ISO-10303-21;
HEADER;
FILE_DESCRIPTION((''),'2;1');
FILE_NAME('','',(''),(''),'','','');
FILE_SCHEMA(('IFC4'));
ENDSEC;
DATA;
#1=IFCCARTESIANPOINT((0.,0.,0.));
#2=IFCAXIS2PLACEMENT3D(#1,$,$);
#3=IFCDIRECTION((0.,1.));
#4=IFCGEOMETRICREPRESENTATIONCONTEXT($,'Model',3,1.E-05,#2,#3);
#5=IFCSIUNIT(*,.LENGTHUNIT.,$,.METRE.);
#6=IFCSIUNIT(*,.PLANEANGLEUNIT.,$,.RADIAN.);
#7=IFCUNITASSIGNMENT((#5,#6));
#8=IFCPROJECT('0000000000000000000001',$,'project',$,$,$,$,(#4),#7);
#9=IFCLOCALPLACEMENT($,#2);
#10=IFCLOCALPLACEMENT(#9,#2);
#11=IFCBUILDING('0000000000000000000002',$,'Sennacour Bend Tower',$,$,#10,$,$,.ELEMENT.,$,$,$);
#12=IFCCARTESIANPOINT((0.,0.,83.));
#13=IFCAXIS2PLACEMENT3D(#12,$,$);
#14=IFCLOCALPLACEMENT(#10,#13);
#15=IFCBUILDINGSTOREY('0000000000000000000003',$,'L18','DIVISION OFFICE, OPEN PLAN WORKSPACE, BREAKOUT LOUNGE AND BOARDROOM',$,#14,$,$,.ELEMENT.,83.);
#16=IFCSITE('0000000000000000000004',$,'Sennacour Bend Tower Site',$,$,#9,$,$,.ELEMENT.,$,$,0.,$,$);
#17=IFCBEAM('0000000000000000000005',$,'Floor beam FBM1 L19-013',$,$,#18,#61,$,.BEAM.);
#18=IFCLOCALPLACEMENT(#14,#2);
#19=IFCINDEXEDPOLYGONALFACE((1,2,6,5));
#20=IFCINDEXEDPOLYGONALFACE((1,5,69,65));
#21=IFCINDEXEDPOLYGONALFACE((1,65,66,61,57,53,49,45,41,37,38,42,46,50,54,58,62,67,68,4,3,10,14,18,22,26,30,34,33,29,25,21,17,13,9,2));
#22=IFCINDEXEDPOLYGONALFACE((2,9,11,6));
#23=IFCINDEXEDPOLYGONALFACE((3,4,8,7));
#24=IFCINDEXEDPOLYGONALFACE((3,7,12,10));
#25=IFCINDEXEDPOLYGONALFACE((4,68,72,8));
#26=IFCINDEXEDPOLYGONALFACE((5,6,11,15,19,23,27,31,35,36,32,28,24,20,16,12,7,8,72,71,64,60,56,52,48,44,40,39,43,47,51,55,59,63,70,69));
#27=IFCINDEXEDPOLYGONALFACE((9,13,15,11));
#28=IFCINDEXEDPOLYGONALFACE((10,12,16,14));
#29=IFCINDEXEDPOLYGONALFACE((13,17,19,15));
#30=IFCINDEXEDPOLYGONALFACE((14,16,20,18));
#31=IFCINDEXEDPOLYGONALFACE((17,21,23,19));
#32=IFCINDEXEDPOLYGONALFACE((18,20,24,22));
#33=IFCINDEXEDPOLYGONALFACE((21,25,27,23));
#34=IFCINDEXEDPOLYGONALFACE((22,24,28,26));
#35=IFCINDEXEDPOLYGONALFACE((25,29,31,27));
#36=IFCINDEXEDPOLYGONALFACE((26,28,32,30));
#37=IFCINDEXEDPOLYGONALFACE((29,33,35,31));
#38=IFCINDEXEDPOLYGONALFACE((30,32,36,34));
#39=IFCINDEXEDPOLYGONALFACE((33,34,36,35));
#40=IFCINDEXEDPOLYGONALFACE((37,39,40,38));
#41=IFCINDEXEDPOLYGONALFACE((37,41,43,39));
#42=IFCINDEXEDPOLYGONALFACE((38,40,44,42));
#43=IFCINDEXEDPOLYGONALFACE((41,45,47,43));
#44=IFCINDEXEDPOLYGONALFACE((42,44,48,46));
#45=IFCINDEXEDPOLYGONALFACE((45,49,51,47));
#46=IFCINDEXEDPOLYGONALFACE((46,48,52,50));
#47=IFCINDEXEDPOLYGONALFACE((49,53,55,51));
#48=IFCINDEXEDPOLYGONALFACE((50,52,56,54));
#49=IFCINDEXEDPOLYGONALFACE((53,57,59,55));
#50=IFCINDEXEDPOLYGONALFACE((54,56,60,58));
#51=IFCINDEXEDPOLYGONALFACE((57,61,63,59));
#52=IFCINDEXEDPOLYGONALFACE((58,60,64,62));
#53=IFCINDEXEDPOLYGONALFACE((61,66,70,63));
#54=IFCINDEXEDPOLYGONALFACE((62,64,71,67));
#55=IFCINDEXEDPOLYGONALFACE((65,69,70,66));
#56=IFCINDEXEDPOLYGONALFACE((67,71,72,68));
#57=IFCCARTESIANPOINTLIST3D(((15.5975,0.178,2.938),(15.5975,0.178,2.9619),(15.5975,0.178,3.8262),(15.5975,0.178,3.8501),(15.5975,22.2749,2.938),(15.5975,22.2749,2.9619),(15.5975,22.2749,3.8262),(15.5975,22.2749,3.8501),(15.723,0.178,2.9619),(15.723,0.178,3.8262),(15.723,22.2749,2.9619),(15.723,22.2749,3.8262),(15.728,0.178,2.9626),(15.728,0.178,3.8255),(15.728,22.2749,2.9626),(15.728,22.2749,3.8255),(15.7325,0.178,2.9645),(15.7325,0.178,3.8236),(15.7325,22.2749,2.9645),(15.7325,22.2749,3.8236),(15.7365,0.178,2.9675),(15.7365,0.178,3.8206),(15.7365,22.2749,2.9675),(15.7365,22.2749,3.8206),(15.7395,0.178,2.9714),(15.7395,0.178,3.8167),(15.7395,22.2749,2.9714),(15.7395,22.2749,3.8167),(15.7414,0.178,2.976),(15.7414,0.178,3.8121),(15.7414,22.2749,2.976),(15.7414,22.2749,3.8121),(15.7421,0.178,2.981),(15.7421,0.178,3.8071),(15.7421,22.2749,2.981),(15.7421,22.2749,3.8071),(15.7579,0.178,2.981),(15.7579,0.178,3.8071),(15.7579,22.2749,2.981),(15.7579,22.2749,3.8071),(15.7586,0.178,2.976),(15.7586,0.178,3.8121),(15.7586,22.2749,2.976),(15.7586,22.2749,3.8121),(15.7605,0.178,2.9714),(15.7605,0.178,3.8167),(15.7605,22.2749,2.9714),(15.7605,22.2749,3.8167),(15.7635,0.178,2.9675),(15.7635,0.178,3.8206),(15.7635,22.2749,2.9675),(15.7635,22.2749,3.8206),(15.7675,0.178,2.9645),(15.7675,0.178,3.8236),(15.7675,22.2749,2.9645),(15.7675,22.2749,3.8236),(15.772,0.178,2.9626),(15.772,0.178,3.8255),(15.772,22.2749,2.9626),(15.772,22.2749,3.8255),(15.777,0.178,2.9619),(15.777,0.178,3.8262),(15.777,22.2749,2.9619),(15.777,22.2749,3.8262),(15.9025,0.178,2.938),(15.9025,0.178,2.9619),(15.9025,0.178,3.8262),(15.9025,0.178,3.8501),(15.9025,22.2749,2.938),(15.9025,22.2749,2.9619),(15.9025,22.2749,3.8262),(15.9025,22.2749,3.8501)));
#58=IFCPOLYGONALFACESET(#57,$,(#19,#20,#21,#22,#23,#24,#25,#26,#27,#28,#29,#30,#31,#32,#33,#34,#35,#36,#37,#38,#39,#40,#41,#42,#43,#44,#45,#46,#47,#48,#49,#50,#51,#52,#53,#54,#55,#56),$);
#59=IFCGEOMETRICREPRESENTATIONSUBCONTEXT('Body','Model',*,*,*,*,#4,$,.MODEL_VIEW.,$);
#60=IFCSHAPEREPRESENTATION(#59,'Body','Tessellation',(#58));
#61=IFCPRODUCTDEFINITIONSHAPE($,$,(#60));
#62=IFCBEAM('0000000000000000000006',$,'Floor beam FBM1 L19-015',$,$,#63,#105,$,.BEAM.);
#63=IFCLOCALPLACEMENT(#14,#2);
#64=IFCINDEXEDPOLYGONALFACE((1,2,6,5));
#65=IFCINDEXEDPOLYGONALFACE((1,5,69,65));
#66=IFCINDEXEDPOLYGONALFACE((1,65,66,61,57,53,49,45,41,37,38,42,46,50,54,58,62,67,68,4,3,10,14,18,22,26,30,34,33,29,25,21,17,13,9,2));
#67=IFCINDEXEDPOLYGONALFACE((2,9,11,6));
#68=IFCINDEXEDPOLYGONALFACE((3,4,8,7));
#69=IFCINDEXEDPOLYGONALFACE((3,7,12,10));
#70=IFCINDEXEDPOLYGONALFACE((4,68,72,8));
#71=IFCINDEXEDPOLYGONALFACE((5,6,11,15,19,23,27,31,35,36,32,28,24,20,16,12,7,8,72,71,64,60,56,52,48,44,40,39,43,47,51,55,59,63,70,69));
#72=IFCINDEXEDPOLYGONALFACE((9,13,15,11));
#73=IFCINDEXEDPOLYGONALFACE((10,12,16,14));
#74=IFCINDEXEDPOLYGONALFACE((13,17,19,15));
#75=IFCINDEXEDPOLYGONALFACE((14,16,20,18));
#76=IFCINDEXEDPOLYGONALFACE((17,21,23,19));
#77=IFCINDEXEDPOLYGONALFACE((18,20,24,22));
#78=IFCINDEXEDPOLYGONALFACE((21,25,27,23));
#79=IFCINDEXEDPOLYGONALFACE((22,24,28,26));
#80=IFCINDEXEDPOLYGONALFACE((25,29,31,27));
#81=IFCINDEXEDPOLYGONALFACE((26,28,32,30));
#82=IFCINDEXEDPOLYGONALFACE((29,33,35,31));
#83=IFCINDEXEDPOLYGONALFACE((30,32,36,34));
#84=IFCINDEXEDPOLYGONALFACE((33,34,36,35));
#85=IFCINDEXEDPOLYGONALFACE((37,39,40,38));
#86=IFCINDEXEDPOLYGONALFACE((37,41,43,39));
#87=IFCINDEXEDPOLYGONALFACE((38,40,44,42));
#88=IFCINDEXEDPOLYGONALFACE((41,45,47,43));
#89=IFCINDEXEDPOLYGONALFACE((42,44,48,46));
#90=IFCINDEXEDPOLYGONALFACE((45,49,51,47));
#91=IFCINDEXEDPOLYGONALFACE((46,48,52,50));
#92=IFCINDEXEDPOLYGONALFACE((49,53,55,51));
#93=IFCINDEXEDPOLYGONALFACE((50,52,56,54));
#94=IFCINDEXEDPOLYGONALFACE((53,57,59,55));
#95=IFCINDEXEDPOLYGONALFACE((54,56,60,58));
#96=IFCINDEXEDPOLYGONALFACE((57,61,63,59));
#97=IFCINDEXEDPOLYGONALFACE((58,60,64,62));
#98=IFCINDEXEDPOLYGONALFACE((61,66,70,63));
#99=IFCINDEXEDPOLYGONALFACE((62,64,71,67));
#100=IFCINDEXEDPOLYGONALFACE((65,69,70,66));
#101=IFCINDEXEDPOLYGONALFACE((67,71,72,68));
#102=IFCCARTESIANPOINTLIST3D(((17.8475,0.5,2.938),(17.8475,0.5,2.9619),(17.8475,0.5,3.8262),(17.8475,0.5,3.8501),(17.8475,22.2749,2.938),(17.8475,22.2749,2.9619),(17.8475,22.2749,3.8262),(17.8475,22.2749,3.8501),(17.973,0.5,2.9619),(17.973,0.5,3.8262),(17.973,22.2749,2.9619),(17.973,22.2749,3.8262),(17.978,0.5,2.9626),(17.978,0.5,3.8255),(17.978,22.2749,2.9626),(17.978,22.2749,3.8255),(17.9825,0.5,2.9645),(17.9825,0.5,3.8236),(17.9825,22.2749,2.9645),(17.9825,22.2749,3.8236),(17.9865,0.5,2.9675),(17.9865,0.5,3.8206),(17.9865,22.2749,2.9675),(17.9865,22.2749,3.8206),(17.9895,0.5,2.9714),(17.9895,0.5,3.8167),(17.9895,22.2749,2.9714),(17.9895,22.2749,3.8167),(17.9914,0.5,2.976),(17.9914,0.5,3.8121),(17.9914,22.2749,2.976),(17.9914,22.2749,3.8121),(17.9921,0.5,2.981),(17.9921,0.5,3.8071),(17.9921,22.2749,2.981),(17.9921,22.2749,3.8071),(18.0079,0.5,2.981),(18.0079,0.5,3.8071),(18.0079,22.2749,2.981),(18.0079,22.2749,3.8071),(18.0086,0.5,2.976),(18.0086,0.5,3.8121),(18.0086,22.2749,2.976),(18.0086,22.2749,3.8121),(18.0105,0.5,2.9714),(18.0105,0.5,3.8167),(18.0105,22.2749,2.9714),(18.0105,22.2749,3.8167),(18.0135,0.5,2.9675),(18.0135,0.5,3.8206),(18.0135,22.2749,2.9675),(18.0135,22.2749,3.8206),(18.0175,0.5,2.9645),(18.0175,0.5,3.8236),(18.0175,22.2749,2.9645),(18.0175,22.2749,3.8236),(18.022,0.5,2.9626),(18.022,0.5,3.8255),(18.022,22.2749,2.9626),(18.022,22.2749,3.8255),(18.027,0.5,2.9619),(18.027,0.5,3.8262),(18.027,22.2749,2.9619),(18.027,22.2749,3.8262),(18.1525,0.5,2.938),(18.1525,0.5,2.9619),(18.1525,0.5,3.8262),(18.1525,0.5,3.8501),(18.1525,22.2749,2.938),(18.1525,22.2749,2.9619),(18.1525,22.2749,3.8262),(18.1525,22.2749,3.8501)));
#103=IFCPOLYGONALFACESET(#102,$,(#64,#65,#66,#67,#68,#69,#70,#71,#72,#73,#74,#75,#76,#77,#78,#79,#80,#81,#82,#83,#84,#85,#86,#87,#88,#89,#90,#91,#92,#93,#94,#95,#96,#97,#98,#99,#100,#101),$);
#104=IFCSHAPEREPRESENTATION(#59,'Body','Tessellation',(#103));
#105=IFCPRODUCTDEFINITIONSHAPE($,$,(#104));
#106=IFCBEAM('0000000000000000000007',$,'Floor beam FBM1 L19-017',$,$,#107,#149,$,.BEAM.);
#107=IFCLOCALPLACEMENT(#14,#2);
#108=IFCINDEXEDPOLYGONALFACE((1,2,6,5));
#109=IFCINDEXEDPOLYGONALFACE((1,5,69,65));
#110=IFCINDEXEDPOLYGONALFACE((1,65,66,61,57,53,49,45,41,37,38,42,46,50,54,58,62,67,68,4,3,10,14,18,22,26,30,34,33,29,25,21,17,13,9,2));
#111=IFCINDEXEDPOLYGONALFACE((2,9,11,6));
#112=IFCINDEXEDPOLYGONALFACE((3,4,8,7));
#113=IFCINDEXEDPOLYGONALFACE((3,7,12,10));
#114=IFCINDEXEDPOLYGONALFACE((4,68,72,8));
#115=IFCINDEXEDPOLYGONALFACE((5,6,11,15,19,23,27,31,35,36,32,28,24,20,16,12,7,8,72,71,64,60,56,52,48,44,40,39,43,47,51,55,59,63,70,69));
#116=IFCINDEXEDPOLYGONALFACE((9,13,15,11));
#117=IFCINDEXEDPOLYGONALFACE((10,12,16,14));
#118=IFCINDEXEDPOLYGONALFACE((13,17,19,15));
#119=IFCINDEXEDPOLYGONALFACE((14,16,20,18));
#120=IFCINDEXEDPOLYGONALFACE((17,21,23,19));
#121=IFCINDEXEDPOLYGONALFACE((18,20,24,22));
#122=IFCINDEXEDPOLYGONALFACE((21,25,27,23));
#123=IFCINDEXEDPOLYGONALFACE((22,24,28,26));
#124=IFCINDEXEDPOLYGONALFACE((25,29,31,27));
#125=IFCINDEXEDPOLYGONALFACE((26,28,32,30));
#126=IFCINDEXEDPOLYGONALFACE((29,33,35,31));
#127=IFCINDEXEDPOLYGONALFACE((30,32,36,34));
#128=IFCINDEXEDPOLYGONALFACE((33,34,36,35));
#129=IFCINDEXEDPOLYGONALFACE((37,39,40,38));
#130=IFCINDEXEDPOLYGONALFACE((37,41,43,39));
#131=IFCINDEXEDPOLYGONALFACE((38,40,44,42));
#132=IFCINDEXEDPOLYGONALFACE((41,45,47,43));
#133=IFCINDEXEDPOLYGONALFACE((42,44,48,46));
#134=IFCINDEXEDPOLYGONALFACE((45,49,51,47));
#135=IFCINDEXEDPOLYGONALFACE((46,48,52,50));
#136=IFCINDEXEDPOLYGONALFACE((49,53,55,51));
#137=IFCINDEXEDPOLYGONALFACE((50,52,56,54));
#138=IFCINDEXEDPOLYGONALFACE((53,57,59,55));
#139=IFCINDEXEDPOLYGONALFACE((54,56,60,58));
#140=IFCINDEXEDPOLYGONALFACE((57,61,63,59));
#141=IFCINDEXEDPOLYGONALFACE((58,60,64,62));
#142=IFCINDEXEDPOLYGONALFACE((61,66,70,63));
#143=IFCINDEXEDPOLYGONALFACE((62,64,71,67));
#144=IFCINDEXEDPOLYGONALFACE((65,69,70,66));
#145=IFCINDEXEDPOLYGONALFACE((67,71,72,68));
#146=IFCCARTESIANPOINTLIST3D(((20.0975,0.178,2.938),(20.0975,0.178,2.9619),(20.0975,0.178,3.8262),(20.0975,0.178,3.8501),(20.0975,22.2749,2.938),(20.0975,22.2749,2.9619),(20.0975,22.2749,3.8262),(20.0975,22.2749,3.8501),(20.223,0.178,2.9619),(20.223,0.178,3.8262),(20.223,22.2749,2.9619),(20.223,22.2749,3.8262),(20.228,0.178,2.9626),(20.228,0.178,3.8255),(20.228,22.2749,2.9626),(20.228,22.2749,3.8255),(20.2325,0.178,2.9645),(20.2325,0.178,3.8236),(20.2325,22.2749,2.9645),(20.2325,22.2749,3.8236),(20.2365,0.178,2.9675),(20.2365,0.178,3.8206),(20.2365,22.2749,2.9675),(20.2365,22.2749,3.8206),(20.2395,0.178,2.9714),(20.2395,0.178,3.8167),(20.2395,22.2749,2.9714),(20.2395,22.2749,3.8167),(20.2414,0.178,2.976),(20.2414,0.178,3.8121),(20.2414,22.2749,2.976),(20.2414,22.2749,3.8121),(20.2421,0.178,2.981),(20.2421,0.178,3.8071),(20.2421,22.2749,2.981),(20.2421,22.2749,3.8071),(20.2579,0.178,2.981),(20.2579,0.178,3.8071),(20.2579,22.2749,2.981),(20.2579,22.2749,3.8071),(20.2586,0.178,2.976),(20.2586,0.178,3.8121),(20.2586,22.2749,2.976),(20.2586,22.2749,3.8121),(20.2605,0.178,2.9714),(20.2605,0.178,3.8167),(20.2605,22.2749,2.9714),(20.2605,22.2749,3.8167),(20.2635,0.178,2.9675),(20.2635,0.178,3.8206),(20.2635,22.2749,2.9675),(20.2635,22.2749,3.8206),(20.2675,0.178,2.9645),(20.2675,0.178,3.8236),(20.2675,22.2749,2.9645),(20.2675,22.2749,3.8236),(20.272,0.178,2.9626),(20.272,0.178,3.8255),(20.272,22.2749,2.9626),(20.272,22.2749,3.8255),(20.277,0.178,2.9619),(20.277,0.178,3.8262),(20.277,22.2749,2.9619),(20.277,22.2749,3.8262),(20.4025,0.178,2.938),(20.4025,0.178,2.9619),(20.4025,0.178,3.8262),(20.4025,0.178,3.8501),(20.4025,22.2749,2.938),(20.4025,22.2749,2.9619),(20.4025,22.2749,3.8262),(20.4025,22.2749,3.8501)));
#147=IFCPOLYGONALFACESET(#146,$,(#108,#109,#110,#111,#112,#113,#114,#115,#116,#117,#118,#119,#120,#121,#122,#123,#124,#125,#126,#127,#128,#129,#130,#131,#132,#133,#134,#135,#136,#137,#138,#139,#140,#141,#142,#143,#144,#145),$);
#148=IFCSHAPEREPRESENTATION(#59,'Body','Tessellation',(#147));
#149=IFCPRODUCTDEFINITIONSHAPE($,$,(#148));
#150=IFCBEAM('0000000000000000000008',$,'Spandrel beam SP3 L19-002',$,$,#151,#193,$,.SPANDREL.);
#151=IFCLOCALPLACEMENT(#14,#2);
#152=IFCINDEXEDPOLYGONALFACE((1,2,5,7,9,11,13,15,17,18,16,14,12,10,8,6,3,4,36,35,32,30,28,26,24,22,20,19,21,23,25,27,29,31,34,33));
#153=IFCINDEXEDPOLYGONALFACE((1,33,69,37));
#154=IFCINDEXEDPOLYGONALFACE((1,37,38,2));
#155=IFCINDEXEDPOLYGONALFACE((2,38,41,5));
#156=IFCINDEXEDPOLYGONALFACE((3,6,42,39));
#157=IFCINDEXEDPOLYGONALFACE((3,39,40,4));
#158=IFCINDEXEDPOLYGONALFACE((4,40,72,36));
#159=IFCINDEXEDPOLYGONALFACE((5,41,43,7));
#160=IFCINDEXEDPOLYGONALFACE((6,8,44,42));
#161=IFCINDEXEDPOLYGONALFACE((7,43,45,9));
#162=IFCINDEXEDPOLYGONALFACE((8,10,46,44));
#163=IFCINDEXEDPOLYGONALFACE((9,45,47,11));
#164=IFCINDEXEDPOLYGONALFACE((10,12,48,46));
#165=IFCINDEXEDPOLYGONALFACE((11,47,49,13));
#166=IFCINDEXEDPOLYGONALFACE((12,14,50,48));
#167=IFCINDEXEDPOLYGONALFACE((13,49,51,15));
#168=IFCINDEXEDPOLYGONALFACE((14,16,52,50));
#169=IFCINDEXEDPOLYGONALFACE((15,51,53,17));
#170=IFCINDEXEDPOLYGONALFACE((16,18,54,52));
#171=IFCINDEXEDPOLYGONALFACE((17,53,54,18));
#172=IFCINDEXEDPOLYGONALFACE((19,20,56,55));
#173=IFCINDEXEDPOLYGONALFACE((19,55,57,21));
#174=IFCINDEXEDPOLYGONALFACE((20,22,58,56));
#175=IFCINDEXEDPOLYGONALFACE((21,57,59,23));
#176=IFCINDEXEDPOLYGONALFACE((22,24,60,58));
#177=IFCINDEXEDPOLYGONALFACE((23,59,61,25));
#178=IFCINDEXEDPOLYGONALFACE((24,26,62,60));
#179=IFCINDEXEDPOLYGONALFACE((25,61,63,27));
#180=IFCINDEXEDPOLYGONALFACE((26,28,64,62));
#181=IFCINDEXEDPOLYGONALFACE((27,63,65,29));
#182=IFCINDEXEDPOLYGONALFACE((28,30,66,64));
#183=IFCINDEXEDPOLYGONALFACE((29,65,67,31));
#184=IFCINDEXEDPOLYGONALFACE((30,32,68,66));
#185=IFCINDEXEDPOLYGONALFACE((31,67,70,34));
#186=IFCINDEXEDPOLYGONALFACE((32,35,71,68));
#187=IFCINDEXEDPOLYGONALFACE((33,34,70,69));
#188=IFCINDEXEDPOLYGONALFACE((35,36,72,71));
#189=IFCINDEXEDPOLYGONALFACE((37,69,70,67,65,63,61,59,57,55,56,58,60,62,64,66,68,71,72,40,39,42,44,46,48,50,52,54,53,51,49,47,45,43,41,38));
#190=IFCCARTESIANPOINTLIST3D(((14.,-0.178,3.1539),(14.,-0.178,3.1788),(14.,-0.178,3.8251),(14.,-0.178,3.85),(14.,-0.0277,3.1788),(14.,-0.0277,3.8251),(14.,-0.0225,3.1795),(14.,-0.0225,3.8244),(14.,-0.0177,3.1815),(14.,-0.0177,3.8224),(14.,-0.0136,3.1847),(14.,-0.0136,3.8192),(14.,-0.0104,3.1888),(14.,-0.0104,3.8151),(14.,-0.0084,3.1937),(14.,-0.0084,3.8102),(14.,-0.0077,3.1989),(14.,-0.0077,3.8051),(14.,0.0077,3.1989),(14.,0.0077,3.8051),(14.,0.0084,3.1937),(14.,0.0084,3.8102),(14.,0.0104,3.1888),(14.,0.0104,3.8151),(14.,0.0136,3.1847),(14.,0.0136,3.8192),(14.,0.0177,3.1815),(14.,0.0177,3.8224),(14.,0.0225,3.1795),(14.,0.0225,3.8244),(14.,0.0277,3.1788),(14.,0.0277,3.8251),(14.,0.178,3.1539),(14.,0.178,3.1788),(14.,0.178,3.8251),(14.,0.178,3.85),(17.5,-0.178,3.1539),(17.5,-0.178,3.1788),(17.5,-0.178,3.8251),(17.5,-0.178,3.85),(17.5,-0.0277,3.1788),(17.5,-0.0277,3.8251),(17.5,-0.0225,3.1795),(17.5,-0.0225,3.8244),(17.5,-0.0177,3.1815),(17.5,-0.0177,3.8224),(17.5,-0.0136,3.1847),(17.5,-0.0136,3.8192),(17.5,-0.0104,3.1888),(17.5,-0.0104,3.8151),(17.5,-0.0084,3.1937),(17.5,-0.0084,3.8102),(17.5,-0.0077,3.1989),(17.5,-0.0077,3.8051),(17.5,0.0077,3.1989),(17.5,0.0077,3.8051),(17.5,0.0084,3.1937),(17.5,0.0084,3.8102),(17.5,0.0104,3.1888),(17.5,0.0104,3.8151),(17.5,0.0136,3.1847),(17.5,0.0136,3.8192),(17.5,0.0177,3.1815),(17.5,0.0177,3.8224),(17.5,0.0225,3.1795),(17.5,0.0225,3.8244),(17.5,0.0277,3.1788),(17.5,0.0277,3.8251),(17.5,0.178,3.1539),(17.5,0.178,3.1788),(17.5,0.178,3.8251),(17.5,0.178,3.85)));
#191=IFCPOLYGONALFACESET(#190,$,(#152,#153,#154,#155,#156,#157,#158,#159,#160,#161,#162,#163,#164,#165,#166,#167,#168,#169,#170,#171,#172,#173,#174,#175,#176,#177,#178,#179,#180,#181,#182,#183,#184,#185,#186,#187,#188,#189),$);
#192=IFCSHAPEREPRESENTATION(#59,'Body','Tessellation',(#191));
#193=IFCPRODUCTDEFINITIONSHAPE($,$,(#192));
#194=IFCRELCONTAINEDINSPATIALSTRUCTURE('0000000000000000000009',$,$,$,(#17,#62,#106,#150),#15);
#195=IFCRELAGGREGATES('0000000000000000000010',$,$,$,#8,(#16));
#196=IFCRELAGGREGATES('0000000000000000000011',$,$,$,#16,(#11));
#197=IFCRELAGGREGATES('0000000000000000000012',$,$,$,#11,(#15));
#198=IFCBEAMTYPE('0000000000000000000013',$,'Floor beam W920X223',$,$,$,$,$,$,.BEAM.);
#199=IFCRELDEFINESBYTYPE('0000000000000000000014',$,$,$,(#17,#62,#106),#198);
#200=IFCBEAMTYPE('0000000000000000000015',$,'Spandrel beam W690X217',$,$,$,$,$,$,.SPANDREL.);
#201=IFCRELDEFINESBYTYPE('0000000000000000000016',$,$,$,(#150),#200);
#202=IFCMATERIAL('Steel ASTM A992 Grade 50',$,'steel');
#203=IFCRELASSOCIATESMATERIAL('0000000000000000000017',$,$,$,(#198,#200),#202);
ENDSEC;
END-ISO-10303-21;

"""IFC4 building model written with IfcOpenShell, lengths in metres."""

from ifc_helpers import new_model, si_unit, direction, frame, origin, origin_2d, place, context, subcontext, project, spatial, i_section, extrude, material, material_profile, profile_set, type_object, element, save


model = new_model("IFC4")

# Units and contexts
model_context = context("Model", 3, precision=1e-05, world=origin(), true_north=direction((0.0, 1.0)))
body_context = subcontext(model_context, "Body", "Model", "MODEL_VIEW")
ifc_project = project(units=[si_unit("LENGTHUNIT", "METRE"), si_unit("PLANEANGLEUNIT", "RADIAN")], contexts=[model_context])

# Site, building, storey
site_placement = place(None, origin())
site = spatial("IfcSite", under=ifc_project, at=site_placement, Name="Sennacour Bend Tower Site", CompositionType="ELEMENT", RefElevation=0.0)
building_placement = place(site_placement, origin())
building = spatial("IfcBuilding", under=site, at=building_placement, Name="Sennacour Bend Tower", CompositionType="ELEMENT")
storey_placement = place(building_placement, frame((0.0, 0.0, 83.0)))
storey = spatial("IfcBuildingStorey", under=building, at=storey_placement, Name="L18", Description="DIVISION OFFICE, OPEN PLAN WORKSPACE, BREAKOUT LOUNGE AND BOARDROOM", CompositionType="ELEMENT", Elevation=83.0)

# Beams
ifc_material_1 = material(Name="Steel ASTM A992 Grade 50", Category="steel")
ifc_material_profile_1 = material_profile(ifc_material_1, i_section(OverallWidth=0.3049, OverallDepth=0.9121, WebThickness=0.0159, FlangeThickness=0.0239, FilletRadius=0.019, at=origin_2d()), Name="Steel ASTM A992 Grade 50", Category="steel")
ifc_profile_set_1 = profile_set([ifc_material_profile_1], Name="Steel ASTM A992 Grade 50")
beam_type_1 = type_object("IfcBeamType", Name="Floor beam W920X223", PredefinedType="BEAM", material=ifc_profile_set_1)
beam_1_placement = place(storey_placement, frame((15.75, 0.178, 3.394), z_axis=(0.0, 1.0, 0.0), x_axis=(-1.0, 0.0, 0.0)))
element("IfcBeam", 1, at=beam_1_placement, inside=storey, type_object=beam_type_1, Name="Floor beam FBM1 L19-013", PredefinedType="BEAM", context=body_context, shape_type="SweptSolid", body=[
    extrude(i_section(OverallWidth=0.3049, OverallDepth=0.9121, WebThickness=0.0159, FlangeThickness=0.0239, FilletRadius=0.019, at=origin_2d()), origin(), (0.0, 0.0, 1.0), 22.0969),
])
beam_2_placement = place(storey_placement, frame((18.0, 0.5, 3.394), z_axis=(0.0, 1.0, 0.0), x_axis=(-1.0, 0.0, 0.0)))
element("IfcBeam", 2, at=beam_2_placement, inside=storey, type_object=beam_type_1, Name="Floor beam FBM1 L19-015", PredefinedType="BEAM", context=body_context, shape_type="SweptSolid", body=[
    extrude(i_section(OverallWidth=0.3049, OverallDepth=0.9121, WebThickness=0.0159, FlangeThickness=0.0239, FilletRadius=0.019, at=origin_2d()), origin(), (0.0, 0.0, 1.0), 21.7749),
])
beam_3_placement = place(storey_placement, frame((20.25, 0.178, 3.394), z_axis=(0.0, 1.0, 0.0), x_axis=(-1.0, 0.0, 0.0)))
element("IfcBeam", 3, at=beam_3_placement, inside=storey, type_object=beam_type_1, Name="Floor beam FBM1 L19-017", PredefinedType="BEAM", context=body_context, shape_type="SweptSolid", body=[
    extrude(i_section(OverallWidth=0.3049, OverallDepth=0.9121, WebThickness=0.0159, FlangeThickness=0.0239, FilletRadius=0.019, at=origin_2d()), origin(), (0.0, 0.0, 1.0), 22.0969),
])
ifc_material_profile_2 = material_profile(ifc_material_1, i_section(OverallWidth=0.356, OverallDepth=0.696, WebThickness=0.0154, FlangeThickness=0.0249, FilletRadius=0.02, at=origin_2d()), Name="Steel ASTM A992 Grade 50", Category="steel")
ifc_profile_set_2 = profile_set([ifc_material_profile_2], Name="Steel ASTM A992 Grade 50")
beam_type_2 = type_object("IfcBeamType", Name="Spandrel beam W690X217", PredefinedType="SPANDREL", material=ifc_profile_set_2)
for number, where, z_axis, x_axis, name in (
    (4, (17.5, 0.0, 3.502), (-1.0, 0.0, 0.0), (0.0, -1.0, 0.0), "Spandrel beam SP3 L19-002"),
):
    element("IfcBeam", number, at=place(storey_placement, frame(where, z_axis=z_axis, x_axis=x_axis)), inside=storey, type_object=beam_type_2, Name=name, PredefinedType="SPANDREL", context=body_context, shape_type="SweptSolid", body=[
        extrude(i_section(OverallWidth=0.356, OverallDepth=0.696, WebThickness=0.0154, FlangeThickness=0.0249, FilletRadius=0.02, at=origin_2d()), origin(), (0.0, 0.0, 1.0), 3.5),
    ])

save(model, "model.ifc")
